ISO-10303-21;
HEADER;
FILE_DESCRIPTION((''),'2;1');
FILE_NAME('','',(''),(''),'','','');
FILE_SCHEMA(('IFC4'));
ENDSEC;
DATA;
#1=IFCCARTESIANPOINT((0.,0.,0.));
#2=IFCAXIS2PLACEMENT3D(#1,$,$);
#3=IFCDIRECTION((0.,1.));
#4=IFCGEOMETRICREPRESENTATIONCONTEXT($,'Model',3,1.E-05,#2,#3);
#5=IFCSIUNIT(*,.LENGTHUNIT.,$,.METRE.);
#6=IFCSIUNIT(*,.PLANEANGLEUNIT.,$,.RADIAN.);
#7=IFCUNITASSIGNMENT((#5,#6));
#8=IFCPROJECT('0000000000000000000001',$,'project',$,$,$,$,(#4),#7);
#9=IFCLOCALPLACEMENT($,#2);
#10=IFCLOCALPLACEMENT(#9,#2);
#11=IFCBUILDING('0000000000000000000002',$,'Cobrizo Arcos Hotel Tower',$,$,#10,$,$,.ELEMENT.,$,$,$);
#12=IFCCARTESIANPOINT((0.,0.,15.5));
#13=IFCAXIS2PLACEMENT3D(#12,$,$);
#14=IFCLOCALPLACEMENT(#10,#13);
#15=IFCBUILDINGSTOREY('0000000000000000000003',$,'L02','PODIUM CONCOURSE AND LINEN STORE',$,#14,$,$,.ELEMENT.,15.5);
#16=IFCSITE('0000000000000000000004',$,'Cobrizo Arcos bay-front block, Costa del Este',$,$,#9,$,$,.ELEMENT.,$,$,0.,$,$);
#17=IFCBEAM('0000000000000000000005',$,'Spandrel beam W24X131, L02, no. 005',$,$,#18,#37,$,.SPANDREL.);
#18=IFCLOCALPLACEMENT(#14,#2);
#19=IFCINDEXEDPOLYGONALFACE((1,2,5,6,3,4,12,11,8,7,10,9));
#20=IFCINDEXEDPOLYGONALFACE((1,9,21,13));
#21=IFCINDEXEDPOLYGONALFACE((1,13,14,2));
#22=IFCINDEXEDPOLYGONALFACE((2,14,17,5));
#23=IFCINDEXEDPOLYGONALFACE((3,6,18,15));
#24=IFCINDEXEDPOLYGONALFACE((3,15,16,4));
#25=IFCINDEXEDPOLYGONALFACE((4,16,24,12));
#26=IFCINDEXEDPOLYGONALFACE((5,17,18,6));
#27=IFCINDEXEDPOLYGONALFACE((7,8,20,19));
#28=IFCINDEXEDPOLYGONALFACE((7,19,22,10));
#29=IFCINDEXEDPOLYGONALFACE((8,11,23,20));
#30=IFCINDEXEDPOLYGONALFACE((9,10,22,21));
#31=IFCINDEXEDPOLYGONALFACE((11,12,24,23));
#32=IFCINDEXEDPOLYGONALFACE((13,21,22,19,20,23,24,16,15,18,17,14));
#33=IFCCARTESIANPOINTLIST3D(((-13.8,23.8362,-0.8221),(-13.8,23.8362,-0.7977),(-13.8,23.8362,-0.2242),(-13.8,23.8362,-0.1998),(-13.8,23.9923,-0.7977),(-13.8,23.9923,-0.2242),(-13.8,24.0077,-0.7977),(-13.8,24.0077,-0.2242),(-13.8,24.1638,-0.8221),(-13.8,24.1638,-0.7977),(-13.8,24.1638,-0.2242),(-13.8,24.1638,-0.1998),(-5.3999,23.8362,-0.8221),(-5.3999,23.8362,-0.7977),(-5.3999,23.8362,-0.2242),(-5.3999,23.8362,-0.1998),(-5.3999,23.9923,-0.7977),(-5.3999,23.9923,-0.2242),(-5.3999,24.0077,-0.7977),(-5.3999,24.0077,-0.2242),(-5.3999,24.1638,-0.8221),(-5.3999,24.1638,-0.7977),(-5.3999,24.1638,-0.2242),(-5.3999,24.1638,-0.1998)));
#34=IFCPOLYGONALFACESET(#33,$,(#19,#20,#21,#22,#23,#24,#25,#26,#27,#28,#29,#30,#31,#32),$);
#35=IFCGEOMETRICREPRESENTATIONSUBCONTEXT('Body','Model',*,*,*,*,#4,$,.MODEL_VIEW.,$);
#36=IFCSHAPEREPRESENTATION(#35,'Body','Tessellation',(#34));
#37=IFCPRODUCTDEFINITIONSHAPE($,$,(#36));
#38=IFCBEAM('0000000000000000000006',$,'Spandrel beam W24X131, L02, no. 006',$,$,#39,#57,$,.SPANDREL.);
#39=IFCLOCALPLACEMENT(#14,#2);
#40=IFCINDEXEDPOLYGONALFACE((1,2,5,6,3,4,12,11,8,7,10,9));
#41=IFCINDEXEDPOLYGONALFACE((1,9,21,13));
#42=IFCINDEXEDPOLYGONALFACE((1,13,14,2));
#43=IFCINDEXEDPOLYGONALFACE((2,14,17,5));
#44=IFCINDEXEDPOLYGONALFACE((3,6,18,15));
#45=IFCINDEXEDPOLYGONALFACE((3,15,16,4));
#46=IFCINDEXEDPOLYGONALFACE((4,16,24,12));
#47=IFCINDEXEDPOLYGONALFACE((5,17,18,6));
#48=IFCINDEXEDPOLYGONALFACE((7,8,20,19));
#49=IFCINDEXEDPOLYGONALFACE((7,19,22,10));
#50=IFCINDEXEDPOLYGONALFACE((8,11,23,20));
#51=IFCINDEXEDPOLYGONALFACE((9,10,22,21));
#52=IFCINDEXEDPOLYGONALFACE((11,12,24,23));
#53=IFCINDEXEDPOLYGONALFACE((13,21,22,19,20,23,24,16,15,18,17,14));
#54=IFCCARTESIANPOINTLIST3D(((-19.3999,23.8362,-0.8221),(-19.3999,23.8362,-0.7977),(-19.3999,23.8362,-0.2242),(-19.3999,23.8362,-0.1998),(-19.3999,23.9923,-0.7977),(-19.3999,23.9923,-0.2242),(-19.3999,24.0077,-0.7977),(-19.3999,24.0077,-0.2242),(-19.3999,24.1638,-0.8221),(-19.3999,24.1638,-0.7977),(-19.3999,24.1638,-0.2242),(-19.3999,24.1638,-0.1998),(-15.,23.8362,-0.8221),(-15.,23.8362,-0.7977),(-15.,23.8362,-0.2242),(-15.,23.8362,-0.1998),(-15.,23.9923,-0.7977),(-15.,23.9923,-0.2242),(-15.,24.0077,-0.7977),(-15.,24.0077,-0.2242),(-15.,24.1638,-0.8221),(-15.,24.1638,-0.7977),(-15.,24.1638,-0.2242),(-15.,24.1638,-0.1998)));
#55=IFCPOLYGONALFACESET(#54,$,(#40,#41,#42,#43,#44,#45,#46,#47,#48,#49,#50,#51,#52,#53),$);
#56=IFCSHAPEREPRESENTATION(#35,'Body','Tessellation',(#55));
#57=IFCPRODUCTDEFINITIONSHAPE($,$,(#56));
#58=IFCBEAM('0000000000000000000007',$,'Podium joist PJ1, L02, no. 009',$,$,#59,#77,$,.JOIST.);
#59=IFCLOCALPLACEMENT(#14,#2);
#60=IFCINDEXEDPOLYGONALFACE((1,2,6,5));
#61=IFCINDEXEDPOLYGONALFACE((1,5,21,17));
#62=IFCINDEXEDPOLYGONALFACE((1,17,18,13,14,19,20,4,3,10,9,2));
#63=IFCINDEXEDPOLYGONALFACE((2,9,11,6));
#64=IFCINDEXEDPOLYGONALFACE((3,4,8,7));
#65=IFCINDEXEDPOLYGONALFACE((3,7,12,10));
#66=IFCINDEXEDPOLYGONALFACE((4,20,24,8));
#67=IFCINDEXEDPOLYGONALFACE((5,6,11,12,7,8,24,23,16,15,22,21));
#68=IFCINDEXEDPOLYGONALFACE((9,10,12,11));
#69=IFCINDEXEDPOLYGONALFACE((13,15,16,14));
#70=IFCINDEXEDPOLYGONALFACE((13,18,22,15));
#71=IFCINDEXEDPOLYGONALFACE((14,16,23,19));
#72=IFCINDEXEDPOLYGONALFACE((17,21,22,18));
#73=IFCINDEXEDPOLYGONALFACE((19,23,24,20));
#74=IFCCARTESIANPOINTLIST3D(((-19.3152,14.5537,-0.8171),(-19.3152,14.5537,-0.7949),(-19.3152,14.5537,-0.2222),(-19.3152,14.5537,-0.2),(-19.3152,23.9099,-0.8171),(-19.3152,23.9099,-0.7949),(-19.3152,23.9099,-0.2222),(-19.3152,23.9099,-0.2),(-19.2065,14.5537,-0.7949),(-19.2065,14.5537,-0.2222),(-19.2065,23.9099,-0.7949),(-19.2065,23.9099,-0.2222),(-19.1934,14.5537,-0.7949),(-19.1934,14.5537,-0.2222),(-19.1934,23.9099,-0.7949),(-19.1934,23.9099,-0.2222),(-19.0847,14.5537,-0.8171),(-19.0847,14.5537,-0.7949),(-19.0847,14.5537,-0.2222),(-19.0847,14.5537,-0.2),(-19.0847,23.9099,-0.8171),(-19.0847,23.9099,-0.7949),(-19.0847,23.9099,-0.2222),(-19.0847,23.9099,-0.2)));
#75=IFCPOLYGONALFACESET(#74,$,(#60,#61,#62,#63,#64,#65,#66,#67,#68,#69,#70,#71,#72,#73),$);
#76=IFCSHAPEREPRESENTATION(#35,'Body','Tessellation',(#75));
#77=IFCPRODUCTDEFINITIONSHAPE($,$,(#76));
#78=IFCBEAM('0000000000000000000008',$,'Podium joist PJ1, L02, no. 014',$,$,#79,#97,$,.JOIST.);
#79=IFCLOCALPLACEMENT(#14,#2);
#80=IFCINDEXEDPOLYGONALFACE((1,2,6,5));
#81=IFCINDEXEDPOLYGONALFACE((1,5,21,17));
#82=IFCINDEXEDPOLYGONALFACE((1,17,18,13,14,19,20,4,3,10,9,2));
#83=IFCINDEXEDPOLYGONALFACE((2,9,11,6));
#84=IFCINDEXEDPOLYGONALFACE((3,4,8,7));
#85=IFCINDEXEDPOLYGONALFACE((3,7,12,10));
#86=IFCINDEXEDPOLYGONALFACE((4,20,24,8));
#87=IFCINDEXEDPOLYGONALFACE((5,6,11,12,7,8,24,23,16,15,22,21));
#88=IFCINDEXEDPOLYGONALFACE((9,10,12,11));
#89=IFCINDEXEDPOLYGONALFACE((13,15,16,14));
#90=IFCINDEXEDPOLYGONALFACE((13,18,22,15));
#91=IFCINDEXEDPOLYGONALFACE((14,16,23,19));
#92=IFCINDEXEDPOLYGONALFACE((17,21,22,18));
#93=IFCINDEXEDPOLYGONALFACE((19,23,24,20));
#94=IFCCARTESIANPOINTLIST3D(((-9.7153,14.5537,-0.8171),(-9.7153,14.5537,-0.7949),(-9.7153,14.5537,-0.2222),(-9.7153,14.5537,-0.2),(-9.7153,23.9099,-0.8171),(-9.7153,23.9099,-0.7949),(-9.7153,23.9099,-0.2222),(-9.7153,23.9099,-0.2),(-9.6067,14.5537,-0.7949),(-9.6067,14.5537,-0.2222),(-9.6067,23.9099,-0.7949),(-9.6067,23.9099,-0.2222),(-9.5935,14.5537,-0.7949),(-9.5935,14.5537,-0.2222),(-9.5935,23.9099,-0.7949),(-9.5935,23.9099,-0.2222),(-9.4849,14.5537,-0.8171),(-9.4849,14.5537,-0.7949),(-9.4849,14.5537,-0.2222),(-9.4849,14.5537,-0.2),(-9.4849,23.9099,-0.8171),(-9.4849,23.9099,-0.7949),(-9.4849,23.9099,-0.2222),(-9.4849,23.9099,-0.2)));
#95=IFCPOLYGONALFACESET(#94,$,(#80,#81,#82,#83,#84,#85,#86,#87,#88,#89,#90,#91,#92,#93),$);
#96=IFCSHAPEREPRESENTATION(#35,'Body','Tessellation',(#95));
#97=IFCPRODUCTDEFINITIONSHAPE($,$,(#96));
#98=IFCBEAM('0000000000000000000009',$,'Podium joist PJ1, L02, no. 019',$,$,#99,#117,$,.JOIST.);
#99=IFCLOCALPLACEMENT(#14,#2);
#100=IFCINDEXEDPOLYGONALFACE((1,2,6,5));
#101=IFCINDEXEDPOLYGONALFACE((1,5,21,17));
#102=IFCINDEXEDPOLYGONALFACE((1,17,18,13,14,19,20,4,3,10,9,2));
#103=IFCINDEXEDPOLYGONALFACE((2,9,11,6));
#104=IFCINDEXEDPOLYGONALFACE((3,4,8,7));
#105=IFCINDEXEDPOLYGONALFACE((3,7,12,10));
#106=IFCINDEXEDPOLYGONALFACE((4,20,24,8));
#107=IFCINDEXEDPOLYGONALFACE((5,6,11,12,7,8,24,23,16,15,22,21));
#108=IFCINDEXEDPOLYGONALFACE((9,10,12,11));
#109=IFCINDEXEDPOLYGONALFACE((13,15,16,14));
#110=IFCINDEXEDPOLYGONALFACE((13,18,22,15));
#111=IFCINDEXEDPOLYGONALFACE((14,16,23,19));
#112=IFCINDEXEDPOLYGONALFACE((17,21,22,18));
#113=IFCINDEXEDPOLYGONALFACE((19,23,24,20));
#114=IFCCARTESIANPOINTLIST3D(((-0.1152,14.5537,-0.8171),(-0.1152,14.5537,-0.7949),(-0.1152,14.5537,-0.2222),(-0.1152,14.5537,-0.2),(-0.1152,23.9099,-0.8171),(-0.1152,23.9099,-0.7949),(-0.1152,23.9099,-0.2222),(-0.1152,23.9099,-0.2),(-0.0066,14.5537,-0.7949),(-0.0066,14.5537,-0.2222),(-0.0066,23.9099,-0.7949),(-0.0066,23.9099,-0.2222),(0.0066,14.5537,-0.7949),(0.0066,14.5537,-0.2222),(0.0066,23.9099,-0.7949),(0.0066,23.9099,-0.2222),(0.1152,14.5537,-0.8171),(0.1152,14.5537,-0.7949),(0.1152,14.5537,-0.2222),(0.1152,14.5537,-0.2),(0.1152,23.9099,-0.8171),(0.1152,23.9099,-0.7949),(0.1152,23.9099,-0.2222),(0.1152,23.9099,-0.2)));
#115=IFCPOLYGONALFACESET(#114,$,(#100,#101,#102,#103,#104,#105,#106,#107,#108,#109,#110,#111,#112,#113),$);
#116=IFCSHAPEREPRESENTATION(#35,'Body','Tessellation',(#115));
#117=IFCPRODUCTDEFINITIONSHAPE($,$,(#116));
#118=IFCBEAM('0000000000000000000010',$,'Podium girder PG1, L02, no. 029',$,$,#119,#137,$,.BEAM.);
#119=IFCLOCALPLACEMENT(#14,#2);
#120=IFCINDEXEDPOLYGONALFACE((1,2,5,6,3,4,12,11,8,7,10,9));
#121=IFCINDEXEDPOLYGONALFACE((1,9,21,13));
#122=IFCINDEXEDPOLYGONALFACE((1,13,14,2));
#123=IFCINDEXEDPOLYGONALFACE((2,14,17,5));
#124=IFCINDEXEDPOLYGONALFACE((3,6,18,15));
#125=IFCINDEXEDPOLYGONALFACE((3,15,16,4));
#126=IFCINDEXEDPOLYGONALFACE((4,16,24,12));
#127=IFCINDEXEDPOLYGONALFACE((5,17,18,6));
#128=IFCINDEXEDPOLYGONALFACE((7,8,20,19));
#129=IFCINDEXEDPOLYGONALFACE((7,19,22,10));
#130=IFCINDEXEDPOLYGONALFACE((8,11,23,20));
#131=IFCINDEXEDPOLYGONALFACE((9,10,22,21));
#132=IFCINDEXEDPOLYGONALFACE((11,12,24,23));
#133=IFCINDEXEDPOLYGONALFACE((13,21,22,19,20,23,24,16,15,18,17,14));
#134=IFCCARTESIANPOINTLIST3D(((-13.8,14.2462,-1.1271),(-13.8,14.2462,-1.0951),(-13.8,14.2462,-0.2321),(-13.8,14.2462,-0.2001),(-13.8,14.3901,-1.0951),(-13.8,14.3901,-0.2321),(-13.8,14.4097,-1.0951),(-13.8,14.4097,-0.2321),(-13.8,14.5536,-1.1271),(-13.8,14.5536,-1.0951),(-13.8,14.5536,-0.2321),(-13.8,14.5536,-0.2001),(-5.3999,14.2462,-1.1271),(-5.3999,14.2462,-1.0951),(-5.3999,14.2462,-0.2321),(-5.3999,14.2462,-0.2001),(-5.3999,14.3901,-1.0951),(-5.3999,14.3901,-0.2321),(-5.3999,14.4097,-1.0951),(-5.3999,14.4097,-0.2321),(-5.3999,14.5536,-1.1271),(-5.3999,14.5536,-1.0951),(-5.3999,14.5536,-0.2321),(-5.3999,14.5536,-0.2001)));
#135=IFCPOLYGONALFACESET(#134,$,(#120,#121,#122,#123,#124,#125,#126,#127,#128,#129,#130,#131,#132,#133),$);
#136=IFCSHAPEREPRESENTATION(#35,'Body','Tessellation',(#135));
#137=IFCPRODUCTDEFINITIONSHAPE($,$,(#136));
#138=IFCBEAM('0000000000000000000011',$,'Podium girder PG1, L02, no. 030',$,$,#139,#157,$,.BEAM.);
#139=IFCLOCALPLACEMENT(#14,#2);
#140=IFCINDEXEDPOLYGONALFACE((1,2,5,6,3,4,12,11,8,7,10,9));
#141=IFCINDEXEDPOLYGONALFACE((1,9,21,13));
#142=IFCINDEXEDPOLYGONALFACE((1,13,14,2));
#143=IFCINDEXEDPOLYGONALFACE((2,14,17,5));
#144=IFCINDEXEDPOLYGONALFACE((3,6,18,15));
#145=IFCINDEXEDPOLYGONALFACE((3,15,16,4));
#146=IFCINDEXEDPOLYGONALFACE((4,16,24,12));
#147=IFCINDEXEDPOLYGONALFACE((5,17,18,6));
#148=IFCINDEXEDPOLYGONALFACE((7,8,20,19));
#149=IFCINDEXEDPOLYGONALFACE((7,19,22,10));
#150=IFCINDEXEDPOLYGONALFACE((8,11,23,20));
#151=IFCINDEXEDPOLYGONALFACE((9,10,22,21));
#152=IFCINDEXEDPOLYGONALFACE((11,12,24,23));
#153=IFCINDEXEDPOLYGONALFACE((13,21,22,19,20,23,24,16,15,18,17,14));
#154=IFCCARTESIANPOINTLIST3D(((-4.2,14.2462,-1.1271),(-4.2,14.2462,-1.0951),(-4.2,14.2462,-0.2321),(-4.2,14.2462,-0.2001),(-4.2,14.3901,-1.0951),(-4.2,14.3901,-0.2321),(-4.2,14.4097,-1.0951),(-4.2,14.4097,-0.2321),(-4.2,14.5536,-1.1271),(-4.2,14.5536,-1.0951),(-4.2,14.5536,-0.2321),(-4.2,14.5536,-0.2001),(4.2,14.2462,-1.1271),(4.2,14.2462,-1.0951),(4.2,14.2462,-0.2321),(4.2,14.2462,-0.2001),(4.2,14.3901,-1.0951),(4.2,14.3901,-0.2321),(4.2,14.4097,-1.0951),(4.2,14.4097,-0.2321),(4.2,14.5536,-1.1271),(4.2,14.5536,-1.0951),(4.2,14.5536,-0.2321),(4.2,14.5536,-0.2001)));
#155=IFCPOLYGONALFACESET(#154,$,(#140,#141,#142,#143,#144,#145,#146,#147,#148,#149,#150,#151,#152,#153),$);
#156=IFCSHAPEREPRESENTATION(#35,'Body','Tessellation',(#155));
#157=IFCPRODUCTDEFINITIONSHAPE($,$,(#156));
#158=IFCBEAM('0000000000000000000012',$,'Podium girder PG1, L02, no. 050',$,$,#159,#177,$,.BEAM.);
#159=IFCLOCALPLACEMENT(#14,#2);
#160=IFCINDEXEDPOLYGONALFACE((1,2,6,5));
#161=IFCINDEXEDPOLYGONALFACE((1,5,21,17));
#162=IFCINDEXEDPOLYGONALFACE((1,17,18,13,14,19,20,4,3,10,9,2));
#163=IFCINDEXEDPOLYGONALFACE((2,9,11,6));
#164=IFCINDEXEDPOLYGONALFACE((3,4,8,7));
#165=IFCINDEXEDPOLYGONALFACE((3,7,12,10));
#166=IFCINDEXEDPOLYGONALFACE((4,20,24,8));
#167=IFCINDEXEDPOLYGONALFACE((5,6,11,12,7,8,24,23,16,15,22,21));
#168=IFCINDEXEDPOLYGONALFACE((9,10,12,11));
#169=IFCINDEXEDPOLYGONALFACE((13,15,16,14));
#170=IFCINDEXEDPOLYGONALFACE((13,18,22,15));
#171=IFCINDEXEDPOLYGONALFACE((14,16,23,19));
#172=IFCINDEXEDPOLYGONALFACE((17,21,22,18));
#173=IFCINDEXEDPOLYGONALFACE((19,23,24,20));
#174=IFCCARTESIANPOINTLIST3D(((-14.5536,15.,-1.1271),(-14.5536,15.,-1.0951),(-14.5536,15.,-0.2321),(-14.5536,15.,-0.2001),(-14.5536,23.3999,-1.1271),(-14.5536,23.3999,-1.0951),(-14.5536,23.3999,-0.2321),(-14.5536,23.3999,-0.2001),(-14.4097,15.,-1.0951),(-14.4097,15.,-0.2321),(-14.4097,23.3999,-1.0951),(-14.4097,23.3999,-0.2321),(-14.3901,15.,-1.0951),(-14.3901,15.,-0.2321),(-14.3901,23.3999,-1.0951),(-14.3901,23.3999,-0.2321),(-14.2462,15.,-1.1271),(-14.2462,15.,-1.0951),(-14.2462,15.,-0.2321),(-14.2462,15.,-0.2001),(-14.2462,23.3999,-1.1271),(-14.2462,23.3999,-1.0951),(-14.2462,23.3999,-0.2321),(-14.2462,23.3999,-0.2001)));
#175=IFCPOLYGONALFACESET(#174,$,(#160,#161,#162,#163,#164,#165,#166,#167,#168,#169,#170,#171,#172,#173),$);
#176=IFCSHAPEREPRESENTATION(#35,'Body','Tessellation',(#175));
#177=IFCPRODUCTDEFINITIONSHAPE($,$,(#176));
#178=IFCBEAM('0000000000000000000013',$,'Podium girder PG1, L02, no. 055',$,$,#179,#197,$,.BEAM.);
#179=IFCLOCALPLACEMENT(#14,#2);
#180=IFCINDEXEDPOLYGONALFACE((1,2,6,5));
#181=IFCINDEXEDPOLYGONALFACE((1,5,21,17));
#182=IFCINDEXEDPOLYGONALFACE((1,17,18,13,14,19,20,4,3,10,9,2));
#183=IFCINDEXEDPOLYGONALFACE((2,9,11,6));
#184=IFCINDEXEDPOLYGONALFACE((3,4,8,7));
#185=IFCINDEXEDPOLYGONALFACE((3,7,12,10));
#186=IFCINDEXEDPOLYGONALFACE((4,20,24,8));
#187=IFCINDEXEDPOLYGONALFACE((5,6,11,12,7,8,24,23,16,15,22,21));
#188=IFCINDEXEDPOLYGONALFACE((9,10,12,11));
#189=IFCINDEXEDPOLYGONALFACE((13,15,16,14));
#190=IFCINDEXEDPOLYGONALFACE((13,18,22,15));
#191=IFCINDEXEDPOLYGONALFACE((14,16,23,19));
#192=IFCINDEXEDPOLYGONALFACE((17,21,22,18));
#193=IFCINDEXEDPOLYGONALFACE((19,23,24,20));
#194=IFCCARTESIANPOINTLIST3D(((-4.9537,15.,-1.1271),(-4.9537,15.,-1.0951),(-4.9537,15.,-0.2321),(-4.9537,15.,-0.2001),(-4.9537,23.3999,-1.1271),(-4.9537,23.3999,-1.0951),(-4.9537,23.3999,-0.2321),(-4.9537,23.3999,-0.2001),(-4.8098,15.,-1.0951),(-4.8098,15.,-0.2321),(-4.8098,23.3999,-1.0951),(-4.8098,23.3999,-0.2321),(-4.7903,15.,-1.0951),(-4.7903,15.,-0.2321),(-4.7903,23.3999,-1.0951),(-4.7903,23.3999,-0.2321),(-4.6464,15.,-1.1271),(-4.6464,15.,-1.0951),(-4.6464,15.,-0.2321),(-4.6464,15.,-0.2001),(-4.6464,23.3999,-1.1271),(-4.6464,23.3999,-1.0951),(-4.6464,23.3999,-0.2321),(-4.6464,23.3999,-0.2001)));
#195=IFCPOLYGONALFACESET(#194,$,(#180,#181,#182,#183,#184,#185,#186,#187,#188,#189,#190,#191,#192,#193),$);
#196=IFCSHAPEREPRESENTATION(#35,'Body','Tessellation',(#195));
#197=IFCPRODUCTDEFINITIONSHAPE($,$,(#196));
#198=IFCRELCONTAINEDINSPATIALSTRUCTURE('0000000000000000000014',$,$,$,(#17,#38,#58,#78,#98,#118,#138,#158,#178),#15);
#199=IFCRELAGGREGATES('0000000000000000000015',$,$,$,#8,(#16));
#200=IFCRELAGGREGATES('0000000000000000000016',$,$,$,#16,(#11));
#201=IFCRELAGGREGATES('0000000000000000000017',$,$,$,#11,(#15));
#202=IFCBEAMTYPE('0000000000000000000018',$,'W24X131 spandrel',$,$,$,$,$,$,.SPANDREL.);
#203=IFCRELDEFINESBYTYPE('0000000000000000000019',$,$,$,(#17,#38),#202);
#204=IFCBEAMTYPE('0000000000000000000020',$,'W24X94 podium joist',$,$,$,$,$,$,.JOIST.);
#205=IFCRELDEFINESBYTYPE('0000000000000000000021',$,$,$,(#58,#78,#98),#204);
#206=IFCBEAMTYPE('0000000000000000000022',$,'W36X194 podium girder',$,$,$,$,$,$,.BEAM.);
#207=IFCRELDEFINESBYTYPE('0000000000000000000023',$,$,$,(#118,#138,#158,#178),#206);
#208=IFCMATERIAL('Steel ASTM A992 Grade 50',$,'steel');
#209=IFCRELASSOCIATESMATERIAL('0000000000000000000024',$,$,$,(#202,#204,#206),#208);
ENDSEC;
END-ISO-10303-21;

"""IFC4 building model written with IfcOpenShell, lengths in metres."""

from ifc_helpers import new_model, si_unit, direction, frame, origin, origin_2d, place, context, subcontext, project, spatial, i_section, extrude, material, material_profile, profile_set, type_object, element, save


model = new_model("IFC4")

# Units and contexts
model_context = context("Model", 3, precision=1e-05, world=origin(), true_north=direction((0.0, 1.0)))
body_context = subcontext(model_context, "Body", "Model", "MODEL_VIEW")
ifc_project = project(units=[si_unit("LENGTHUNIT", "METRE"), si_unit("PLANEANGLEUNIT", "RADIAN")], contexts=[model_context])

# Site, building, storey
site_placement = place(None, origin())
site = spatial("IfcSite", under=ifc_project, at=site_placement, Name="Cobrizo Arcos bay-front block, Costa del Este", CompositionType="ELEMENT", RefElevation=0.0)
building_placement = place(site_placement, origin())
building = spatial("IfcBuilding", under=site, at=building_placement, Name="Cobrizo Arcos Hotel Tower", CompositionType="ELEMENT")
storey_placement = place(building_placement, frame((0.0, 0.0, 15.5)))
storey = spatial("IfcBuildingStorey", under=building, at=storey_placement, Name="L02", Description="PODIUM CONCOURSE AND LINEN STORE", CompositionType="ELEMENT", Elevation=15.5)

# Beams
ifc_material_1 = material(Name="Steel ASTM A992 Grade 50", Category="steel")
ifc_material_profile_1 = material_profile(ifc_material_1, i_section(OverallWidth=0.3276, OverallDepth=0.6223, WebThickness=0.0154, FlangeThickness=0.0244, at=origin_2d()), Name="W24X131")
ifc_profile_set_1 = profile_set([ifc_material_profile_1], Name="Steel ASTM A992 Grade 50")
beam_type_1 = type_object("IfcBeamType", Name="W24X131 spandrel", PredefinedType="SPANDREL", material=ifc_profile_set_1)
beam_1_placement = place(storey_placement, frame((-5.3999, 24.0, -0.511), z_axis=(-1.0, 0.0, 0.0), x_axis=(0.0, -1.0, 0.0)))
element("IfcBeam", 1, at=beam_1_placement, inside=storey, type_object=beam_type_1, Name="Spandrel beam W24X131, L02, no. 005", PredefinedType="SPANDREL", context=body_context, shape_type="SweptSolid", body=[
    extrude(i_section(OverallWidth=0.3276, OverallDepth=0.6223, WebThickness=0.0154, FlangeThickness=0.0244, at=origin_2d()), origin(), (0.0, 0.0, 1.0), 8.4001),
])
beam_2_placement = place(storey_placement, frame((-15.0, 24.0, -0.511), z_axis=(-1.0, 0.0, 0.0), x_axis=(0.0, -1.0, 0.0)))
element("IfcBeam", 2, at=beam_2_placement, inside=storey, type_object=beam_type_1, Name="Spandrel beam W24X131, L02, no. 006", PredefinedType="SPANDREL", context=body_context, shape_type="SweptSolid", body=[
    extrude(i_section(OverallWidth=0.3276, OverallDepth=0.6223, WebThickness=0.0154, FlangeThickness=0.0244, at=origin_2d()), origin(), (0.0, 0.0, 1.0), 4.3999),
])
ifc_material_profile_2 = material_profile(ifc_material_1, i_section(OverallWidth=0.2305, OverallDepth=0.6172, WebThickness=0.0132, FlangeThickness=0.0222, at=origin_2d()), Name="W24X94")
ifc_profile_set_2 = profile_set([ifc_material_profile_2], Name="Steel ASTM A992 Grade 50")
beam_type_2 = type_object("IfcBeamType", Name="W24X94 podium joist", PredefinedType="JOIST", material=ifc_profile_set_2)
for number, where, z_axis, x_axis, name in (
    (3, (-19.2, 14.5537, -0.5085), (0.0, 1.0, 0.0), (-1.0, 0.0, 0.0), "Podium joist PJ1, L02, no. 009"),
    (4, (-9.6001, 14.5537, -0.5085), (0.0, 1.0, 0.0), (-1.0, 0.0, 0.0), "Podium joist PJ1, L02, no. 014"),
    (5, (0.0, 14.5537, -0.5085), (0.0, 1.0, 0.0), (-1.0, 0.0, 0.0), "Podium joist PJ1, L02, no. 019"),
):
    element("IfcBeam", number, at=place(storey_placement, frame(where, z_axis=z_axis, x_axis=x_axis)), inside=storey, type_object=beam_type_2, Name=name, PredefinedType="JOIST", context=body_context, shape_type="SweptSolid", body=[
        extrude(i_section(OverallWidth=0.2305, OverallDepth=0.6172, WebThickness=0.0132, FlangeThickness=0.0222, at=origin_2d()), origin(), (0.0, 0.0, 1.0), 9.3562),
    ])
ifc_material_profile_3 = material_profile(ifc_material_1, i_section(OverallWidth=0.3074, OverallDepth=0.927, WebThickness=0.0195, FlangeThickness=0.032, at=origin_2d()), Name="W36X194")
ifc_profile_set_3 = profile_set([ifc_material_profile_3], Name="Steel ASTM A992 Grade 50")
beam_type_3 = type_object("IfcBeamType", Name="W36X194 podium girder", PredefinedType="BEAM", material=ifc_profile_set_3)
beam_3_placement = place(storey_placement, frame((-13.8, 14.3999, -0.6636), z_axis=(1.0, 0.0, 0.0), x_axis=(0.0, 1.0, 0.0)))
element("IfcBeam", 6, at=beam_3_placement, inside=storey, type_object=beam_type_3, Name="Podium girder PG1, L02, no. 029", PredefinedType="BEAM", context=body_context, shape_type="SweptSolid", body=[
    extrude(i_section(OverallWidth=0.3074, OverallDepth=0.927, WebThickness=0.0195, FlangeThickness=0.032, at=origin_2d()), origin(), (0.0, 0.0, 1.0), 8.4001),
])
for number, where, z_axis, x_axis, name in (
    (7, (-4.2, 14.3999, -0.6636), (1.0, 0.0, 0.0), (0.0, 1.0, 0.0), "Podium girder PG1, L02, no. 030"),
    (8, (-14.3999, 15.0, -0.6636), (0.0, 1.0, 0.0), (-1.0, 0.0, 0.0), "Podium girder PG1, L02, no. 050"),
    (9, (-4.8, 15.0, -0.6636), (0.0, 1.0, 0.0), (-1.0, 0.0, 0.0), "Podium girder PG1, L02, no. 055"),
):
    element("IfcBeam", number, at=place(storey_placement, frame(where, z_axis=z_axis, x_axis=x_axis)), inside=storey, type_object=beam_type_3, Name=name, PredefinedType="BEAM", context=body_context, shape_type="SweptSolid", body=[
        extrude(i_section(OverallWidth=0.3074, OverallDepth=0.927, WebThickness=0.0195, FlangeThickness=0.032, at=origin_2d()), origin(), (0.0, 0.0, 1.0), 8.3999),
    ])

save(model, "model.ifc")
